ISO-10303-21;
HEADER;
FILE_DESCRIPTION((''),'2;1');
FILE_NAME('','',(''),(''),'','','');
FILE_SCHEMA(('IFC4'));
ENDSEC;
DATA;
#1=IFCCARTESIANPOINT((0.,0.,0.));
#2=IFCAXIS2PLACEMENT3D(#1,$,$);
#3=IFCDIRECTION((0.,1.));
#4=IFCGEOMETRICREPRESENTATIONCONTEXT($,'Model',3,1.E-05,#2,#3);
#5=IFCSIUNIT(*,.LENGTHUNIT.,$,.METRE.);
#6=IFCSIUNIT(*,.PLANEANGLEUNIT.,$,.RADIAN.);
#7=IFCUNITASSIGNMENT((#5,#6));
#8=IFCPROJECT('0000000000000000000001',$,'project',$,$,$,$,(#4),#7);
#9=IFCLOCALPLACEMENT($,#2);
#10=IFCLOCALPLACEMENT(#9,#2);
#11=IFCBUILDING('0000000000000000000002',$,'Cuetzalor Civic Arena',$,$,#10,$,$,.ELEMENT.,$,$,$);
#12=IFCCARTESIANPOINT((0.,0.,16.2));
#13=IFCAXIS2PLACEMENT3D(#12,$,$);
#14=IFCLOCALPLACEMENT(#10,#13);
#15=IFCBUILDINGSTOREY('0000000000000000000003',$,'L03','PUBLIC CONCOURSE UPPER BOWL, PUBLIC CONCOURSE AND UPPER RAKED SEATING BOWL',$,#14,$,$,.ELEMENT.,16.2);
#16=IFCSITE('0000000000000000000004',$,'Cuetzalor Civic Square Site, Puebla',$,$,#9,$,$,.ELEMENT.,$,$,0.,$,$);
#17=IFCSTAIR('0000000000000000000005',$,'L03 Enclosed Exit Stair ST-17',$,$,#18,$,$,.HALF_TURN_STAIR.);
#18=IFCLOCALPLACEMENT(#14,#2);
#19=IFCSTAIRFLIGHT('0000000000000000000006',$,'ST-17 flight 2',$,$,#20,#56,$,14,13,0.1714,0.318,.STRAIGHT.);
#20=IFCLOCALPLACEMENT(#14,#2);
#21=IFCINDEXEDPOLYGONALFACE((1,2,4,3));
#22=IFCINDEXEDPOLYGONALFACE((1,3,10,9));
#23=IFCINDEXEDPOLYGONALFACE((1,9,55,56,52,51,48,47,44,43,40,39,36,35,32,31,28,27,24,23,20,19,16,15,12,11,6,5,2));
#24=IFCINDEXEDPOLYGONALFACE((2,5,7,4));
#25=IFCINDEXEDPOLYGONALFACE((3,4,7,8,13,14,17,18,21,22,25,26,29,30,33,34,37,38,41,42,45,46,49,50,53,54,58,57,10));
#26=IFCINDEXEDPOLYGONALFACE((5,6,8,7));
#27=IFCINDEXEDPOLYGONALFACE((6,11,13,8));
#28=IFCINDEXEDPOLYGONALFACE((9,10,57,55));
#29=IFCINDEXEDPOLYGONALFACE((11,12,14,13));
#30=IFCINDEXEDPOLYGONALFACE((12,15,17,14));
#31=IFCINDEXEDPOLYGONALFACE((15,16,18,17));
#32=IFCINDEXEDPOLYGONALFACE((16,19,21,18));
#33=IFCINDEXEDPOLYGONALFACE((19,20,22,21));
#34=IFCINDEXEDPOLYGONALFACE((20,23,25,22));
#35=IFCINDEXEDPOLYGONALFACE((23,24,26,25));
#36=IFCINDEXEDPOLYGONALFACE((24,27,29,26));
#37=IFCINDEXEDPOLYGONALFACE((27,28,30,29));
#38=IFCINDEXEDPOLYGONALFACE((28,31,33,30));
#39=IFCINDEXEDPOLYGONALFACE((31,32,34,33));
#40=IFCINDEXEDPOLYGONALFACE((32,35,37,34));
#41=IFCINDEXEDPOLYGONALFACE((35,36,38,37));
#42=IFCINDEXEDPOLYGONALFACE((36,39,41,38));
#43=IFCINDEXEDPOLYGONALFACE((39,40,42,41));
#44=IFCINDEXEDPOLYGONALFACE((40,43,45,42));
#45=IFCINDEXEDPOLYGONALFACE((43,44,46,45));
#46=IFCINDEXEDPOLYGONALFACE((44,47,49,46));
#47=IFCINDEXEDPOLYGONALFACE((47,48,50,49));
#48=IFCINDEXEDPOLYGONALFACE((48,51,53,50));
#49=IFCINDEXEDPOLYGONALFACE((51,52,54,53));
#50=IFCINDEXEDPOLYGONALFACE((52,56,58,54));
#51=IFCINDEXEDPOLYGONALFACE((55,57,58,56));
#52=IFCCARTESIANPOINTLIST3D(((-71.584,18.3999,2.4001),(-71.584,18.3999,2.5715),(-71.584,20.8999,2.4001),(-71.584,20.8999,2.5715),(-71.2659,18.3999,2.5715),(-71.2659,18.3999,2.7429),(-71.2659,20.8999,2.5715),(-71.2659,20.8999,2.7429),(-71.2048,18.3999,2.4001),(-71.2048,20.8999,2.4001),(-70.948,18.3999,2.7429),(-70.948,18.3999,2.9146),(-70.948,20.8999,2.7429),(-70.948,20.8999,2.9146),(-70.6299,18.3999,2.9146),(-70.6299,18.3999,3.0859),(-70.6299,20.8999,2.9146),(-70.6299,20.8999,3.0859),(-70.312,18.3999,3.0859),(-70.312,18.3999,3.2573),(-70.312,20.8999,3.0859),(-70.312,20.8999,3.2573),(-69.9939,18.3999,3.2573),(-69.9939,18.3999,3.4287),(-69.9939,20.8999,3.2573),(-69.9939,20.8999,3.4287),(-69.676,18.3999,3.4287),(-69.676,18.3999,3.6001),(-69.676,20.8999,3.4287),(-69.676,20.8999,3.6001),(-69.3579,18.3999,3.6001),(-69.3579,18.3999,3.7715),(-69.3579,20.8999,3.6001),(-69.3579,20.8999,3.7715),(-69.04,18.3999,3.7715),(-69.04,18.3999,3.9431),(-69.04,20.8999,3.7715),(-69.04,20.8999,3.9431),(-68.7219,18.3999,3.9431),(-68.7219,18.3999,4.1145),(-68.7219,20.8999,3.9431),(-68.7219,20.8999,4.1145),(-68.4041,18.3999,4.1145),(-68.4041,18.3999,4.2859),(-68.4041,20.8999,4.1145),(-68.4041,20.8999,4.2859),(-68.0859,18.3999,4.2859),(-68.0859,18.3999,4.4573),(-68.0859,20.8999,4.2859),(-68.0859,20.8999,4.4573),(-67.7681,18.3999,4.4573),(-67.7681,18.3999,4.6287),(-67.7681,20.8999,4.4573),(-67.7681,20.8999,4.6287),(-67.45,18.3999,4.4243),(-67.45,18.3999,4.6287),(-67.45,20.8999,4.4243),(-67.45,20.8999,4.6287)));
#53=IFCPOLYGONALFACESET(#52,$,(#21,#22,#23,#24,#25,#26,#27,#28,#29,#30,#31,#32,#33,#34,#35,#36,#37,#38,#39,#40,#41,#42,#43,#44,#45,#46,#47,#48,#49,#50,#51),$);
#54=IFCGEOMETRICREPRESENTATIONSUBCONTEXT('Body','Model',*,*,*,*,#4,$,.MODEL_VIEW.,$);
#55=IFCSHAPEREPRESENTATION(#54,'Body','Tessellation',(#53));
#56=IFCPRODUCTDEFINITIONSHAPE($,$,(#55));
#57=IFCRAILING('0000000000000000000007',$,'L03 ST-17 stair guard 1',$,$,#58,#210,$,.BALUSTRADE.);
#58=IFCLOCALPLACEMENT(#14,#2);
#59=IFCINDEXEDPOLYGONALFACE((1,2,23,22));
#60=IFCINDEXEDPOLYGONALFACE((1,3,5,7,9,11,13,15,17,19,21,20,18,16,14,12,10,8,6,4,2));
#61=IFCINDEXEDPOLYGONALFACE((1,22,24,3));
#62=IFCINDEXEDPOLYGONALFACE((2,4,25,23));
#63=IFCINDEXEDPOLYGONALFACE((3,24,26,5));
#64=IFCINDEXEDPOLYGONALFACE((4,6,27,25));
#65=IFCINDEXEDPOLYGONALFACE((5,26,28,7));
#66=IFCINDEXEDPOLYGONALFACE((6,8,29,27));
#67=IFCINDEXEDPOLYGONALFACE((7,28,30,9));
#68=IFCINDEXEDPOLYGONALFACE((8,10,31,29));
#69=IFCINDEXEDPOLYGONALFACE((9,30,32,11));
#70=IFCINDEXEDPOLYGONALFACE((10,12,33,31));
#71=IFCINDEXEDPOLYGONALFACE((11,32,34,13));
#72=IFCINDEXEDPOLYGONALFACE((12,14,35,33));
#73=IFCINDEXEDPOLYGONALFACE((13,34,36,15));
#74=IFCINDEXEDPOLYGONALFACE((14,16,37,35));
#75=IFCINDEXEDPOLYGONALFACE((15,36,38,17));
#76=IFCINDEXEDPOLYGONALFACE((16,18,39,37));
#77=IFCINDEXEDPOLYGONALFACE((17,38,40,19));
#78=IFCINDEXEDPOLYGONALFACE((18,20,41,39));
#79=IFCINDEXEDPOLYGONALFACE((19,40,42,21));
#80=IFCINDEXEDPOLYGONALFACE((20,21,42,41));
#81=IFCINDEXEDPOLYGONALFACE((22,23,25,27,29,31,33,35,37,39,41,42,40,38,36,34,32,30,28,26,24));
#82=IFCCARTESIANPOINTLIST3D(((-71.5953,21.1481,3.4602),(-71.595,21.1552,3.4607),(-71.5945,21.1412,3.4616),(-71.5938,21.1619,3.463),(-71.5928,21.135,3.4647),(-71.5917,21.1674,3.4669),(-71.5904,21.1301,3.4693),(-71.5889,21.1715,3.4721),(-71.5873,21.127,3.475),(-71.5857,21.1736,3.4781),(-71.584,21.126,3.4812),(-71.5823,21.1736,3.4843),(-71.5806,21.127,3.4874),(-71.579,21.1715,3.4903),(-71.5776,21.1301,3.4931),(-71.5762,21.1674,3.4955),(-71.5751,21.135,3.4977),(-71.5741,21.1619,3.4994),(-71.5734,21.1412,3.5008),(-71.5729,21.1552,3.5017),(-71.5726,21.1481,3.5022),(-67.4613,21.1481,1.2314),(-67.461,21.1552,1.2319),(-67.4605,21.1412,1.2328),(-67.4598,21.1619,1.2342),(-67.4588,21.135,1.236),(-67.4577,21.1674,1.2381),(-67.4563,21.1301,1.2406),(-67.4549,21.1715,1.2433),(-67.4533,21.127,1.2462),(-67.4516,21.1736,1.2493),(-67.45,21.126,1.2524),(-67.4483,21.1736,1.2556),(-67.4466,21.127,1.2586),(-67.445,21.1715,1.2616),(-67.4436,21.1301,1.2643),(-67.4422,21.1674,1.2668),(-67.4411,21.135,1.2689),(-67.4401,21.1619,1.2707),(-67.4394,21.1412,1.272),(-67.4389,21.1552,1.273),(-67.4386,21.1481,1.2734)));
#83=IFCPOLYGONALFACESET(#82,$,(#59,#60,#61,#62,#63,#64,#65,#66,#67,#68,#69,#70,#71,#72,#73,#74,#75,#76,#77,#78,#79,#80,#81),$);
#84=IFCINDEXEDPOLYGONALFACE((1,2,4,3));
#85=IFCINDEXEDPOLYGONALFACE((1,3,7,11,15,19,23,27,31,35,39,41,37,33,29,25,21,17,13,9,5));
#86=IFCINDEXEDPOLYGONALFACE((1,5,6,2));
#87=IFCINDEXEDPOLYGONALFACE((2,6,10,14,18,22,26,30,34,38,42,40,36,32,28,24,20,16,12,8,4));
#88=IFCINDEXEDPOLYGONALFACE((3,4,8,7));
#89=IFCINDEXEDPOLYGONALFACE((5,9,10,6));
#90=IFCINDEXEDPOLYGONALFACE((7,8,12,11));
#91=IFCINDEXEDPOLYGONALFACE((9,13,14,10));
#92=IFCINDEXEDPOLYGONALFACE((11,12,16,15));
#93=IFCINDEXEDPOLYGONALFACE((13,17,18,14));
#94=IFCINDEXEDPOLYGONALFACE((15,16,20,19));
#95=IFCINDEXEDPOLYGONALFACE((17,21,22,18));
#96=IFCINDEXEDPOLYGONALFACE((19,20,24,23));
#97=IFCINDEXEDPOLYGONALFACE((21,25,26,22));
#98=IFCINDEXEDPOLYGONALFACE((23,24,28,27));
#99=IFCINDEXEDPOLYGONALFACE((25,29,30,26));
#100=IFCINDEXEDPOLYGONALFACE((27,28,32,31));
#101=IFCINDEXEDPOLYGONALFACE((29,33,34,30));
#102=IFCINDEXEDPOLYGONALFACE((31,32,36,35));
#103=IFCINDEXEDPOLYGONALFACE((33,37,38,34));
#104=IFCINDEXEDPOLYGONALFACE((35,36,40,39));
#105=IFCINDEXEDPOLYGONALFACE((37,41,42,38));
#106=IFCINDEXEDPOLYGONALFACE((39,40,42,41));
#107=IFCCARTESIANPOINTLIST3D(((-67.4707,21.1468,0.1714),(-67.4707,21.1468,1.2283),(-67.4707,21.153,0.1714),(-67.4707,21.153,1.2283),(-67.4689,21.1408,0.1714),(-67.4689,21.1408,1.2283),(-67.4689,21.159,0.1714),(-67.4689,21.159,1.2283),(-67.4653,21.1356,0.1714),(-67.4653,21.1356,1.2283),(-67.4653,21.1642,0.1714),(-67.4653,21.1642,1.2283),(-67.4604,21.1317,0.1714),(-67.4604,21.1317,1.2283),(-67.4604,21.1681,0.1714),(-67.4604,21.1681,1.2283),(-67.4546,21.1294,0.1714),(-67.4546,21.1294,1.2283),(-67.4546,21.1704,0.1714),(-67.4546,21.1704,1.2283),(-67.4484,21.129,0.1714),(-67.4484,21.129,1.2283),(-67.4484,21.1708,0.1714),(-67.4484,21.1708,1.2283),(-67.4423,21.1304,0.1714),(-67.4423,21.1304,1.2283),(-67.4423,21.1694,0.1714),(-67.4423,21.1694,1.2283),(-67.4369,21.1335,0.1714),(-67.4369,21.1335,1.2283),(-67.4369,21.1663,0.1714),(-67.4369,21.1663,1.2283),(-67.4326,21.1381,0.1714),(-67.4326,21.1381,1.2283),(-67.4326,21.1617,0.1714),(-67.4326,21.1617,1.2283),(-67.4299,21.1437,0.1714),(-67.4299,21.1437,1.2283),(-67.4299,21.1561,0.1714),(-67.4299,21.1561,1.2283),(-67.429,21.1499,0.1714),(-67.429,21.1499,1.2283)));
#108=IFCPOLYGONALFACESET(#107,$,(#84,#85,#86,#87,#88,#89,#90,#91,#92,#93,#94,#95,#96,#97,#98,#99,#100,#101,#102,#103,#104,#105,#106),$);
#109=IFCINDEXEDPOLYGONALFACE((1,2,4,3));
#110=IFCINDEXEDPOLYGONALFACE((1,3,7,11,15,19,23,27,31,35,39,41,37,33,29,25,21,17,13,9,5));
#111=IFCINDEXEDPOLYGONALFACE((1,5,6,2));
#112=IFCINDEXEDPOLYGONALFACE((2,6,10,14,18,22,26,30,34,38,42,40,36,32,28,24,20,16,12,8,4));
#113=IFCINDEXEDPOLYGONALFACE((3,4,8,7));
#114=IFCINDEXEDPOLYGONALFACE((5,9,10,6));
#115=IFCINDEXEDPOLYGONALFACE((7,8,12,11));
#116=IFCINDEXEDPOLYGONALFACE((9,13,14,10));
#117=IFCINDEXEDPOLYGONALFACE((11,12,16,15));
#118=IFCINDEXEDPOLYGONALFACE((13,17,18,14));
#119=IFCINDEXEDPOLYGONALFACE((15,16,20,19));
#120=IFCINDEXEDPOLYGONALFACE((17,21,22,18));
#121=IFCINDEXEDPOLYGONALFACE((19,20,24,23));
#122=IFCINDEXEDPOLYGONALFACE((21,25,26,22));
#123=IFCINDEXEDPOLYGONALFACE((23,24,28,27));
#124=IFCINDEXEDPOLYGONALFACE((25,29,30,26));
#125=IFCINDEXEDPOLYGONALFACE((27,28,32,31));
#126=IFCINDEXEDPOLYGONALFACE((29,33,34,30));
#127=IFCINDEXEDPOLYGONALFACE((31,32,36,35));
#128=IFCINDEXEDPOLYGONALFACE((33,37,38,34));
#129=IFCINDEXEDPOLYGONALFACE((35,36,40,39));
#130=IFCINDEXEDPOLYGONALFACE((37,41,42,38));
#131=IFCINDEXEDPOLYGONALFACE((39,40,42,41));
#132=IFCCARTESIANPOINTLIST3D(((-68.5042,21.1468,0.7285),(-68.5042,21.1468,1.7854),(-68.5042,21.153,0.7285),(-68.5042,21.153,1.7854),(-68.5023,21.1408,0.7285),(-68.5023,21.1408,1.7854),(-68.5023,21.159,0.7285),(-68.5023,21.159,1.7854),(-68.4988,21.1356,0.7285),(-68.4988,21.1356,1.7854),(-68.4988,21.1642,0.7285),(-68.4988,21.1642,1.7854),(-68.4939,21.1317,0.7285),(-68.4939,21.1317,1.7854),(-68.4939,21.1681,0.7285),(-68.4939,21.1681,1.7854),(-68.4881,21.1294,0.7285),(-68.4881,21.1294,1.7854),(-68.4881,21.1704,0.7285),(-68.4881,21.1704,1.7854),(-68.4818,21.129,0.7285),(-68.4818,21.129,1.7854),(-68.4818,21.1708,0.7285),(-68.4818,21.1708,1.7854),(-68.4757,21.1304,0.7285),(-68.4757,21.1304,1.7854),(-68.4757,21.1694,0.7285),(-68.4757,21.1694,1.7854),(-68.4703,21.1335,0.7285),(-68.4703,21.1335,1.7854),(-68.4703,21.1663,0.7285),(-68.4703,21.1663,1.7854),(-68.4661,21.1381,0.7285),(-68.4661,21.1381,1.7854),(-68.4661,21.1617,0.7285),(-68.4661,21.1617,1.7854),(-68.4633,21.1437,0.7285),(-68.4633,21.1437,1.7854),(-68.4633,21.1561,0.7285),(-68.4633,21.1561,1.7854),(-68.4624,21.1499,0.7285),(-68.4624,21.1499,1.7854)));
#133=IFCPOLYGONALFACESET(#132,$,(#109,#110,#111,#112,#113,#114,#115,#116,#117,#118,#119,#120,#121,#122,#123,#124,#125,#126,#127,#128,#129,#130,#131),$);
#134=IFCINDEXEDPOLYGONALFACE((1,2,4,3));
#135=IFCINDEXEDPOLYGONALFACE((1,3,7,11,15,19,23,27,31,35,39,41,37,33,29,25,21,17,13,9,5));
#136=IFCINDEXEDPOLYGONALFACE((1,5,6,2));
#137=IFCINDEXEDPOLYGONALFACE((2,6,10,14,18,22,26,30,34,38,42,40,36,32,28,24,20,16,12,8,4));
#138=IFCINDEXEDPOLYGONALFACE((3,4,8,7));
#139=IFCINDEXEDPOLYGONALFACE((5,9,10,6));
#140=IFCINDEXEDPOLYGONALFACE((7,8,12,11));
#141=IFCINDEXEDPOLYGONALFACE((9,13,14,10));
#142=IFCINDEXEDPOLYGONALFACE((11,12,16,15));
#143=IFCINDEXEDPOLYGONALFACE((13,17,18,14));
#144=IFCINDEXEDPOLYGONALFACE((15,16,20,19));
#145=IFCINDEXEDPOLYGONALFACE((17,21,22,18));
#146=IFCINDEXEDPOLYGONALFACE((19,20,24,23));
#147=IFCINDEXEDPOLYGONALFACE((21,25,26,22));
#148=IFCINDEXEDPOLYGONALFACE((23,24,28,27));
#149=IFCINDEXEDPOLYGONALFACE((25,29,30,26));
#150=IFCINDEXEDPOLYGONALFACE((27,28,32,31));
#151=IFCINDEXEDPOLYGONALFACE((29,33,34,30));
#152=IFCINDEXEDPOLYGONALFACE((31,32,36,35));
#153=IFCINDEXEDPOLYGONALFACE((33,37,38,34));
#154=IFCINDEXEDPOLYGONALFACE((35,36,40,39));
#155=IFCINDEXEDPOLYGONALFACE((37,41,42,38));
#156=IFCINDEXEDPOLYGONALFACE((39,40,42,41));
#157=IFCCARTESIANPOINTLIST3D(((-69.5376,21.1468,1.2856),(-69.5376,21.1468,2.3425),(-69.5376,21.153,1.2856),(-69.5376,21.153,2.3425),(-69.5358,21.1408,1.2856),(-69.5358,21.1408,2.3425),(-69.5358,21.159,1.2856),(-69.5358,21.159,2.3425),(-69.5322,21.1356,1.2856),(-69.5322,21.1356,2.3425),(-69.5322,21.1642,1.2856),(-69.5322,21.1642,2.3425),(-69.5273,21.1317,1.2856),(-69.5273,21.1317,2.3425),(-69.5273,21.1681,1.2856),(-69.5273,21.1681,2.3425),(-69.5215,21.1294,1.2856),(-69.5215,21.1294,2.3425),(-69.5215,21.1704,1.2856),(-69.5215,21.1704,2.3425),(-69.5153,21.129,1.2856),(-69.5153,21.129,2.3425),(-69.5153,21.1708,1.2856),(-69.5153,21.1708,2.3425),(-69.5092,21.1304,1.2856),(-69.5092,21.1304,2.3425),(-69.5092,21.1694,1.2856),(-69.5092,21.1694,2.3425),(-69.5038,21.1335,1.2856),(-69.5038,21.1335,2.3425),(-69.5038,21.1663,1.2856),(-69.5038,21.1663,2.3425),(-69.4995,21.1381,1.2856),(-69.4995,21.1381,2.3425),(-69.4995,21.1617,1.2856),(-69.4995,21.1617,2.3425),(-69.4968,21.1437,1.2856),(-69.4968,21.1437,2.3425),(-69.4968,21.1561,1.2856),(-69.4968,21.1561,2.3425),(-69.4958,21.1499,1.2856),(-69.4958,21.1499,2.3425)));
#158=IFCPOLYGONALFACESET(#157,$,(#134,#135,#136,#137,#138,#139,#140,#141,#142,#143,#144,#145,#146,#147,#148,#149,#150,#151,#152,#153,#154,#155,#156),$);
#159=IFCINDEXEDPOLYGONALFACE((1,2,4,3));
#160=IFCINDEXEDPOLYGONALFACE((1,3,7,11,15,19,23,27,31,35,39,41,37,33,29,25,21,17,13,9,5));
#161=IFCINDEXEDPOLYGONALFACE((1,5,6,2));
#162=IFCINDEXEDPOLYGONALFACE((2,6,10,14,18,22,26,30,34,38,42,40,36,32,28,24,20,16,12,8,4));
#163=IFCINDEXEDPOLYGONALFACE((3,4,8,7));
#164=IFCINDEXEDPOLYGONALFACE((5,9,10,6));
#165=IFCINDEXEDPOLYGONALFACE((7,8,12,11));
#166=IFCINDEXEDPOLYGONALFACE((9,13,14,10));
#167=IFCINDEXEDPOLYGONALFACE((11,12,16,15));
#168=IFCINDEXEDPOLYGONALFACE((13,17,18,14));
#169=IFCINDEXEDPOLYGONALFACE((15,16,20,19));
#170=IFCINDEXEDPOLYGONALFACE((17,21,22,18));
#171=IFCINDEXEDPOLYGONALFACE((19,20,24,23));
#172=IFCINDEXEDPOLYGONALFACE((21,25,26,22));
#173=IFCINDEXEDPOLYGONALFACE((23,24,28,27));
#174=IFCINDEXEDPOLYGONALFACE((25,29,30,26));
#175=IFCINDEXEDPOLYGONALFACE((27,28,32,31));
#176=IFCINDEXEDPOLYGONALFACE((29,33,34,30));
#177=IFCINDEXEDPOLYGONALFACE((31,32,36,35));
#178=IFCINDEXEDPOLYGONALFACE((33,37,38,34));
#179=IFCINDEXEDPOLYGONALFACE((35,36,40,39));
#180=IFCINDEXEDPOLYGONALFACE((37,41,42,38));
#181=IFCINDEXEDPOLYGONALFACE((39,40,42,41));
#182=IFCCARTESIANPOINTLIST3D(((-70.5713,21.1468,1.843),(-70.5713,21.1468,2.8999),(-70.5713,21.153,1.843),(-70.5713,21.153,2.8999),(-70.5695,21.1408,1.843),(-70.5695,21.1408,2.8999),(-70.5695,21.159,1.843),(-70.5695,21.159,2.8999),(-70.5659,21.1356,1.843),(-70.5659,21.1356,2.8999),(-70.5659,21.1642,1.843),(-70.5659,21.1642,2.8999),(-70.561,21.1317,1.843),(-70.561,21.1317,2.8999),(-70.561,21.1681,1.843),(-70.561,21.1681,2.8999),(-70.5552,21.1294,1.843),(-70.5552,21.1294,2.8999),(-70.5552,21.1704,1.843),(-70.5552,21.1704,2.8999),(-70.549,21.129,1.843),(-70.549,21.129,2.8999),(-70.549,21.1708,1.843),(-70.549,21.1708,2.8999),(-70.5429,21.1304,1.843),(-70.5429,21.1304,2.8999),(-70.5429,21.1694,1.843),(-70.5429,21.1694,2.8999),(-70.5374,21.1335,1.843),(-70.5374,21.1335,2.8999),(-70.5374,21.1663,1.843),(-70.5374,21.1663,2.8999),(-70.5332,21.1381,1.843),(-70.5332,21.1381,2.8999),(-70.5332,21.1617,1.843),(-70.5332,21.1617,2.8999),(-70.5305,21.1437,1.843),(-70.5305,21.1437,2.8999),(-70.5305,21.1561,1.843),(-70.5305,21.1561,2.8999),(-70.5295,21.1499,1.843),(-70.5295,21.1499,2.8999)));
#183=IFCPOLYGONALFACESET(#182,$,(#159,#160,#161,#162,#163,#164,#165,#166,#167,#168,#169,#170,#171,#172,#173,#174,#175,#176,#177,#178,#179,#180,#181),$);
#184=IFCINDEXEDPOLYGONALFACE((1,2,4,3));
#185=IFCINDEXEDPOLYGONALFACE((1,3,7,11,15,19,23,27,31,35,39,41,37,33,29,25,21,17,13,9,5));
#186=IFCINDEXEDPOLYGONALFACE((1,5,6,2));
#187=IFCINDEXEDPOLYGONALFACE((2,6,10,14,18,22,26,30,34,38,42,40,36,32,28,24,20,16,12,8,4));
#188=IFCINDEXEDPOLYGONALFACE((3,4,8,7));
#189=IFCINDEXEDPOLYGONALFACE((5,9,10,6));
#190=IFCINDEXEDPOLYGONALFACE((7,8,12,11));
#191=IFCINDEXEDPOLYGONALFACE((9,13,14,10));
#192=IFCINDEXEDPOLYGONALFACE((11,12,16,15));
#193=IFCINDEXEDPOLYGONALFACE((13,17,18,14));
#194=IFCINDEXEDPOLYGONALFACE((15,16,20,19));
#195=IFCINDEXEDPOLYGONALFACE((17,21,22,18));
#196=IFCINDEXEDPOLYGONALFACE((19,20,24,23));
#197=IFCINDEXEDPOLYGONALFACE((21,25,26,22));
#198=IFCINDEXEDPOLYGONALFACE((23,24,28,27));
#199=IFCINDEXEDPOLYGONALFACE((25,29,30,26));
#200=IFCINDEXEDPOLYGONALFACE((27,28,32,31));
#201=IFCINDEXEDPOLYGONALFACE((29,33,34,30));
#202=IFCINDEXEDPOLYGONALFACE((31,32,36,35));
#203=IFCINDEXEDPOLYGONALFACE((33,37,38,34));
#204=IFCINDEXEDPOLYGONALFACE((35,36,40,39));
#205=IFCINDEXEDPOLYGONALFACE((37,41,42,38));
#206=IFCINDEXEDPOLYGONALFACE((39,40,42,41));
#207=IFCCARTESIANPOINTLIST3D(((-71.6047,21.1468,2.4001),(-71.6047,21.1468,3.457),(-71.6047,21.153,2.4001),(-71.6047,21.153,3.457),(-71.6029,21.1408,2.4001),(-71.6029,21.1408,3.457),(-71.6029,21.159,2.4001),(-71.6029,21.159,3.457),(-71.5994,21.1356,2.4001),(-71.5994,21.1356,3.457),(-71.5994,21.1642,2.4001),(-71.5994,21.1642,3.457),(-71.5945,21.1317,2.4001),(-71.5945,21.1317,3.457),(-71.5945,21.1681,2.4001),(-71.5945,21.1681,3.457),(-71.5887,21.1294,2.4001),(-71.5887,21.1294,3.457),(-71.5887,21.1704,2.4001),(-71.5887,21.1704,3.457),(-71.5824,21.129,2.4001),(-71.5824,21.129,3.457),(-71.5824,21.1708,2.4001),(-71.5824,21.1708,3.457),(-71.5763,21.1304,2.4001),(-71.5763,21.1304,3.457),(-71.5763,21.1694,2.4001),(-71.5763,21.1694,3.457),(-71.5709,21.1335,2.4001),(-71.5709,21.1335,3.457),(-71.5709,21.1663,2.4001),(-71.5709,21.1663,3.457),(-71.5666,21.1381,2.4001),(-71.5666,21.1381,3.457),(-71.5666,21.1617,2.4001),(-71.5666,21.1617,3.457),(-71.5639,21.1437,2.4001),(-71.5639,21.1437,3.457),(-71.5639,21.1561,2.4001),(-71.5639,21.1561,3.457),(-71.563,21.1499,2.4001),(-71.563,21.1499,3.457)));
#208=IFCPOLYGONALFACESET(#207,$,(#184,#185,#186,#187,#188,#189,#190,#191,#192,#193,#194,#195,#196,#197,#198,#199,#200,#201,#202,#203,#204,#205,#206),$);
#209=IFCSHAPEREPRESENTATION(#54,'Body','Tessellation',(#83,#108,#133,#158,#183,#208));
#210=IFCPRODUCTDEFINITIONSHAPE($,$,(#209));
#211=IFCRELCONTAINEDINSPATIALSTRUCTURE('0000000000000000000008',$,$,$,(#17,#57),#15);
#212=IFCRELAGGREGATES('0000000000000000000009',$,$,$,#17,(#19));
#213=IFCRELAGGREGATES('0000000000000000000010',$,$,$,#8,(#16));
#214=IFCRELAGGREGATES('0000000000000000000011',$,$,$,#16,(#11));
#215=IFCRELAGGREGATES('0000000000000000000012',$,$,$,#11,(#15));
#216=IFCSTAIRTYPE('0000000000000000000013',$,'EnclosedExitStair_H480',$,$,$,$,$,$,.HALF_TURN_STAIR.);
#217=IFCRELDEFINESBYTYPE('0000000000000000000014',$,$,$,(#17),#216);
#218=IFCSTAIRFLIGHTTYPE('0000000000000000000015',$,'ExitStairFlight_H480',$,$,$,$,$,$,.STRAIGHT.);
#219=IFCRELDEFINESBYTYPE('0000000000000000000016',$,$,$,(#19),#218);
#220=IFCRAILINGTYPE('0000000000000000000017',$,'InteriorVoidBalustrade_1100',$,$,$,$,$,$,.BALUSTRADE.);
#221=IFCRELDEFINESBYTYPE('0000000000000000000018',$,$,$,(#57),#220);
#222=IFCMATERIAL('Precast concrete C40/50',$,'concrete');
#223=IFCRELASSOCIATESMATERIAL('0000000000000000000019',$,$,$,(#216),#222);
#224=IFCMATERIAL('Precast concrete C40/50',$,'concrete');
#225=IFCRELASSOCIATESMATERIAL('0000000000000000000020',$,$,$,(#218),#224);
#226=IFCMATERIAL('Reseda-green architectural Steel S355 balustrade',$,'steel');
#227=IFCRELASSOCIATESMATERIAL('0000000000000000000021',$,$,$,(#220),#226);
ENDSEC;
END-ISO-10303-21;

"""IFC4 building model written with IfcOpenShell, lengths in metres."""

from ifc_helpers import new_model, si_unit, direction, frame, origin, origin_2d, place, context, subcontext, project, spatial, polyline, circle, outline, extrude, material, type_object, element, aggregate, save


model = new_model("IFC4")

# Units and contexts
model_context = context("Model", 3, precision=1e-05, world=origin(), true_north=direction((0.0, 1.0)))
body_context = subcontext(model_context, "Body", "Model", "MODEL_VIEW")
ifc_project = project(units=[si_unit("LENGTHUNIT", "METRE"), si_unit("PLANEANGLEUNIT", "RADIAN")], contexts=[model_context])

# Site, building, storey
site_placement = place(None, origin())
site = spatial("IfcSite", under=ifc_project, at=site_placement, Name="Cuetzalor Civic Square Site, Puebla", CompositionType="ELEMENT", RefElevation=0.0)
building_placement = place(site_placement, origin())
building = spatial("IfcBuilding", under=site, at=building_placement, Name="Cuetzalor Civic Arena", CompositionType="ELEMENT")
storey_placement = place(building_placement, frame((0.0, 0.0, 16.2)))
storey = spatial("IfcBuildingStorey", under=building, at=storey_placement, Name="L03", Description="PUBLIC CONCOURSE UPPER BOWL, PUBLIC CONCOURSE AND UPPER RAKED SEATING BOWL", CompositionType="ELEMENT", Elevation=16.2)

# Stair, stair flight
ifc_material_1 = material(Name="Precast concrete C40/50", Category="concrete")
stair_type = type_object("IfcStairType", Name="EnclosedExitStair_H480", PredefinedType="HALF_TURN_STAIR", material=ifc_material_1)
stair_placement = place(storey_placement, origin())
stair = element("IfcStair", 1, at=stair_placement, inside=storey, type_object=stair_type, Name="L03 Enclosed Exit Stair ST-17", PredefinedType="HALF_TURN_STAIR")
ifc_material_2 = material(Name="Precast concrete C40/50", Category="concrete")
stair_flight_type = type_object("IfcStairFlightType", Name="ExitStairFlight_H480", PredefinedType="STRAIGHT", material=ifc_material_2)
stair_flight_1_placement = place(storey_placement, frame((-71.584, 19.6499, 2.4001), z_axis=(0.0, 0.0, 1.0), x_axis=(1.0, 0.0, 0.0)))
stair_flight_1 = element("IfcStairFlight", 2, at=stair_flight_1_placement, type_object=stair_flight_type, Name="ST-17 flight 2", NumberOfRisers=14, NumberOfTreads=13, PredefinedType="STRAIGHT", RiserHeight=0.1714, TreadLength=0.318, context=body_context, shape_type="SweptSolid", body=[
    extrude(outline(polyline([(0.0, 0.0), (0.0, 0.1714), (0.3181, 0.1714), (0.3181, 0.3428), (0.636, 0.3428), (0.636, 0.5144), (0.9541, 0.5144), (0.9541, 0.6858), (1.272, 0.6858), (1.272, 0.8572), (1.5901, 0.8572), (1.5901, 1.0286), (1.908, 1.0286), (1.908, 1.2), (2.2261, 1.2), (2.2261, 1.3713), (2.5439, 1.3713), (2.5439, 1.543), (2.8621, 1.543), (2.8621, 1.7144), (3.1799, 1.7144), (3.1799, 1.8857), (3.498, 1.8857), (3.498, 2.0571), (3.8159, 2.0571), (3.8159, 2.2285), (4.134, 2.2285), (4.134, 2.3999), (4.134, 2.0242), (0.3792, 0.0), (0.0, 0.0)])), frame((0.0, 1.25, 0.0), z_axis=(0.0, -1.0, 0.0), x_axis=(1.0, 0.0, 0.0)), (0.0, 0.0, 1.0), 2.5),
])
aggregate(stair, [stair_flight_1])

# Railing
ifc_material_3 = material(Name="Reseda-green architectural Steel S355 balustrade", Category="steel")
railing_type_1 = type_object("IfcRailingType", Name="InteriorVoidBalustrade_1100", PredefinedType="BALUSTRADE", material=ifc_material_3)
railing_1_placement = place(storey_placement, frame((-67.45, 21.1499, 0.1714)))
element("IfcRailing", 3, at=railing_1_placement, inside=storey, type_object=railing_type_1, Name="L03 ST-17 stair guard 1", PredefinedType="BALUSTRADE", context=body_context, shape_type="SweptSolid", body=[
    extrude(circle(Radius=0.0239, at=origin_2d()), frame((0.0, 0.0, 1.0811), z_axis=(-0.880227, 0.0, 0.474552), x_axis=(0.0, -1.0, 0.0)), (0.0, 0.0, 1.0), 4.6965),
    extrude(circle(Radius=0.021, at=origin_2d()), origin(), (0.0, 0.0, 1.0), 1.0569),
    extrude(circle(Radius=0.021, at=origin_2d()), frame((-1.0334, 0.0, 0.5571)), (0.0, 0.0, 1.0), 1.0569),
    extrude(circle(Radius=0.021, at=origin_2d()), frame((-2.0669, 0.0, 1.1143)), (0.0, 0.0, 1.0), 1.0569),
    extrude(circle(Radius=0.021, at=origin_2d()), frame((-3.1006, 0.0, 1.6716)), (0.0, 0.0, 1.0), 1.0569),
    extrude(circle(Radius=0.021, at=origin_2d()), frame((-4.134, 0.0, 2.2288)), (0.0, 0.0, 1.0), 1.0569),
])

save(model, "model.ifc")
